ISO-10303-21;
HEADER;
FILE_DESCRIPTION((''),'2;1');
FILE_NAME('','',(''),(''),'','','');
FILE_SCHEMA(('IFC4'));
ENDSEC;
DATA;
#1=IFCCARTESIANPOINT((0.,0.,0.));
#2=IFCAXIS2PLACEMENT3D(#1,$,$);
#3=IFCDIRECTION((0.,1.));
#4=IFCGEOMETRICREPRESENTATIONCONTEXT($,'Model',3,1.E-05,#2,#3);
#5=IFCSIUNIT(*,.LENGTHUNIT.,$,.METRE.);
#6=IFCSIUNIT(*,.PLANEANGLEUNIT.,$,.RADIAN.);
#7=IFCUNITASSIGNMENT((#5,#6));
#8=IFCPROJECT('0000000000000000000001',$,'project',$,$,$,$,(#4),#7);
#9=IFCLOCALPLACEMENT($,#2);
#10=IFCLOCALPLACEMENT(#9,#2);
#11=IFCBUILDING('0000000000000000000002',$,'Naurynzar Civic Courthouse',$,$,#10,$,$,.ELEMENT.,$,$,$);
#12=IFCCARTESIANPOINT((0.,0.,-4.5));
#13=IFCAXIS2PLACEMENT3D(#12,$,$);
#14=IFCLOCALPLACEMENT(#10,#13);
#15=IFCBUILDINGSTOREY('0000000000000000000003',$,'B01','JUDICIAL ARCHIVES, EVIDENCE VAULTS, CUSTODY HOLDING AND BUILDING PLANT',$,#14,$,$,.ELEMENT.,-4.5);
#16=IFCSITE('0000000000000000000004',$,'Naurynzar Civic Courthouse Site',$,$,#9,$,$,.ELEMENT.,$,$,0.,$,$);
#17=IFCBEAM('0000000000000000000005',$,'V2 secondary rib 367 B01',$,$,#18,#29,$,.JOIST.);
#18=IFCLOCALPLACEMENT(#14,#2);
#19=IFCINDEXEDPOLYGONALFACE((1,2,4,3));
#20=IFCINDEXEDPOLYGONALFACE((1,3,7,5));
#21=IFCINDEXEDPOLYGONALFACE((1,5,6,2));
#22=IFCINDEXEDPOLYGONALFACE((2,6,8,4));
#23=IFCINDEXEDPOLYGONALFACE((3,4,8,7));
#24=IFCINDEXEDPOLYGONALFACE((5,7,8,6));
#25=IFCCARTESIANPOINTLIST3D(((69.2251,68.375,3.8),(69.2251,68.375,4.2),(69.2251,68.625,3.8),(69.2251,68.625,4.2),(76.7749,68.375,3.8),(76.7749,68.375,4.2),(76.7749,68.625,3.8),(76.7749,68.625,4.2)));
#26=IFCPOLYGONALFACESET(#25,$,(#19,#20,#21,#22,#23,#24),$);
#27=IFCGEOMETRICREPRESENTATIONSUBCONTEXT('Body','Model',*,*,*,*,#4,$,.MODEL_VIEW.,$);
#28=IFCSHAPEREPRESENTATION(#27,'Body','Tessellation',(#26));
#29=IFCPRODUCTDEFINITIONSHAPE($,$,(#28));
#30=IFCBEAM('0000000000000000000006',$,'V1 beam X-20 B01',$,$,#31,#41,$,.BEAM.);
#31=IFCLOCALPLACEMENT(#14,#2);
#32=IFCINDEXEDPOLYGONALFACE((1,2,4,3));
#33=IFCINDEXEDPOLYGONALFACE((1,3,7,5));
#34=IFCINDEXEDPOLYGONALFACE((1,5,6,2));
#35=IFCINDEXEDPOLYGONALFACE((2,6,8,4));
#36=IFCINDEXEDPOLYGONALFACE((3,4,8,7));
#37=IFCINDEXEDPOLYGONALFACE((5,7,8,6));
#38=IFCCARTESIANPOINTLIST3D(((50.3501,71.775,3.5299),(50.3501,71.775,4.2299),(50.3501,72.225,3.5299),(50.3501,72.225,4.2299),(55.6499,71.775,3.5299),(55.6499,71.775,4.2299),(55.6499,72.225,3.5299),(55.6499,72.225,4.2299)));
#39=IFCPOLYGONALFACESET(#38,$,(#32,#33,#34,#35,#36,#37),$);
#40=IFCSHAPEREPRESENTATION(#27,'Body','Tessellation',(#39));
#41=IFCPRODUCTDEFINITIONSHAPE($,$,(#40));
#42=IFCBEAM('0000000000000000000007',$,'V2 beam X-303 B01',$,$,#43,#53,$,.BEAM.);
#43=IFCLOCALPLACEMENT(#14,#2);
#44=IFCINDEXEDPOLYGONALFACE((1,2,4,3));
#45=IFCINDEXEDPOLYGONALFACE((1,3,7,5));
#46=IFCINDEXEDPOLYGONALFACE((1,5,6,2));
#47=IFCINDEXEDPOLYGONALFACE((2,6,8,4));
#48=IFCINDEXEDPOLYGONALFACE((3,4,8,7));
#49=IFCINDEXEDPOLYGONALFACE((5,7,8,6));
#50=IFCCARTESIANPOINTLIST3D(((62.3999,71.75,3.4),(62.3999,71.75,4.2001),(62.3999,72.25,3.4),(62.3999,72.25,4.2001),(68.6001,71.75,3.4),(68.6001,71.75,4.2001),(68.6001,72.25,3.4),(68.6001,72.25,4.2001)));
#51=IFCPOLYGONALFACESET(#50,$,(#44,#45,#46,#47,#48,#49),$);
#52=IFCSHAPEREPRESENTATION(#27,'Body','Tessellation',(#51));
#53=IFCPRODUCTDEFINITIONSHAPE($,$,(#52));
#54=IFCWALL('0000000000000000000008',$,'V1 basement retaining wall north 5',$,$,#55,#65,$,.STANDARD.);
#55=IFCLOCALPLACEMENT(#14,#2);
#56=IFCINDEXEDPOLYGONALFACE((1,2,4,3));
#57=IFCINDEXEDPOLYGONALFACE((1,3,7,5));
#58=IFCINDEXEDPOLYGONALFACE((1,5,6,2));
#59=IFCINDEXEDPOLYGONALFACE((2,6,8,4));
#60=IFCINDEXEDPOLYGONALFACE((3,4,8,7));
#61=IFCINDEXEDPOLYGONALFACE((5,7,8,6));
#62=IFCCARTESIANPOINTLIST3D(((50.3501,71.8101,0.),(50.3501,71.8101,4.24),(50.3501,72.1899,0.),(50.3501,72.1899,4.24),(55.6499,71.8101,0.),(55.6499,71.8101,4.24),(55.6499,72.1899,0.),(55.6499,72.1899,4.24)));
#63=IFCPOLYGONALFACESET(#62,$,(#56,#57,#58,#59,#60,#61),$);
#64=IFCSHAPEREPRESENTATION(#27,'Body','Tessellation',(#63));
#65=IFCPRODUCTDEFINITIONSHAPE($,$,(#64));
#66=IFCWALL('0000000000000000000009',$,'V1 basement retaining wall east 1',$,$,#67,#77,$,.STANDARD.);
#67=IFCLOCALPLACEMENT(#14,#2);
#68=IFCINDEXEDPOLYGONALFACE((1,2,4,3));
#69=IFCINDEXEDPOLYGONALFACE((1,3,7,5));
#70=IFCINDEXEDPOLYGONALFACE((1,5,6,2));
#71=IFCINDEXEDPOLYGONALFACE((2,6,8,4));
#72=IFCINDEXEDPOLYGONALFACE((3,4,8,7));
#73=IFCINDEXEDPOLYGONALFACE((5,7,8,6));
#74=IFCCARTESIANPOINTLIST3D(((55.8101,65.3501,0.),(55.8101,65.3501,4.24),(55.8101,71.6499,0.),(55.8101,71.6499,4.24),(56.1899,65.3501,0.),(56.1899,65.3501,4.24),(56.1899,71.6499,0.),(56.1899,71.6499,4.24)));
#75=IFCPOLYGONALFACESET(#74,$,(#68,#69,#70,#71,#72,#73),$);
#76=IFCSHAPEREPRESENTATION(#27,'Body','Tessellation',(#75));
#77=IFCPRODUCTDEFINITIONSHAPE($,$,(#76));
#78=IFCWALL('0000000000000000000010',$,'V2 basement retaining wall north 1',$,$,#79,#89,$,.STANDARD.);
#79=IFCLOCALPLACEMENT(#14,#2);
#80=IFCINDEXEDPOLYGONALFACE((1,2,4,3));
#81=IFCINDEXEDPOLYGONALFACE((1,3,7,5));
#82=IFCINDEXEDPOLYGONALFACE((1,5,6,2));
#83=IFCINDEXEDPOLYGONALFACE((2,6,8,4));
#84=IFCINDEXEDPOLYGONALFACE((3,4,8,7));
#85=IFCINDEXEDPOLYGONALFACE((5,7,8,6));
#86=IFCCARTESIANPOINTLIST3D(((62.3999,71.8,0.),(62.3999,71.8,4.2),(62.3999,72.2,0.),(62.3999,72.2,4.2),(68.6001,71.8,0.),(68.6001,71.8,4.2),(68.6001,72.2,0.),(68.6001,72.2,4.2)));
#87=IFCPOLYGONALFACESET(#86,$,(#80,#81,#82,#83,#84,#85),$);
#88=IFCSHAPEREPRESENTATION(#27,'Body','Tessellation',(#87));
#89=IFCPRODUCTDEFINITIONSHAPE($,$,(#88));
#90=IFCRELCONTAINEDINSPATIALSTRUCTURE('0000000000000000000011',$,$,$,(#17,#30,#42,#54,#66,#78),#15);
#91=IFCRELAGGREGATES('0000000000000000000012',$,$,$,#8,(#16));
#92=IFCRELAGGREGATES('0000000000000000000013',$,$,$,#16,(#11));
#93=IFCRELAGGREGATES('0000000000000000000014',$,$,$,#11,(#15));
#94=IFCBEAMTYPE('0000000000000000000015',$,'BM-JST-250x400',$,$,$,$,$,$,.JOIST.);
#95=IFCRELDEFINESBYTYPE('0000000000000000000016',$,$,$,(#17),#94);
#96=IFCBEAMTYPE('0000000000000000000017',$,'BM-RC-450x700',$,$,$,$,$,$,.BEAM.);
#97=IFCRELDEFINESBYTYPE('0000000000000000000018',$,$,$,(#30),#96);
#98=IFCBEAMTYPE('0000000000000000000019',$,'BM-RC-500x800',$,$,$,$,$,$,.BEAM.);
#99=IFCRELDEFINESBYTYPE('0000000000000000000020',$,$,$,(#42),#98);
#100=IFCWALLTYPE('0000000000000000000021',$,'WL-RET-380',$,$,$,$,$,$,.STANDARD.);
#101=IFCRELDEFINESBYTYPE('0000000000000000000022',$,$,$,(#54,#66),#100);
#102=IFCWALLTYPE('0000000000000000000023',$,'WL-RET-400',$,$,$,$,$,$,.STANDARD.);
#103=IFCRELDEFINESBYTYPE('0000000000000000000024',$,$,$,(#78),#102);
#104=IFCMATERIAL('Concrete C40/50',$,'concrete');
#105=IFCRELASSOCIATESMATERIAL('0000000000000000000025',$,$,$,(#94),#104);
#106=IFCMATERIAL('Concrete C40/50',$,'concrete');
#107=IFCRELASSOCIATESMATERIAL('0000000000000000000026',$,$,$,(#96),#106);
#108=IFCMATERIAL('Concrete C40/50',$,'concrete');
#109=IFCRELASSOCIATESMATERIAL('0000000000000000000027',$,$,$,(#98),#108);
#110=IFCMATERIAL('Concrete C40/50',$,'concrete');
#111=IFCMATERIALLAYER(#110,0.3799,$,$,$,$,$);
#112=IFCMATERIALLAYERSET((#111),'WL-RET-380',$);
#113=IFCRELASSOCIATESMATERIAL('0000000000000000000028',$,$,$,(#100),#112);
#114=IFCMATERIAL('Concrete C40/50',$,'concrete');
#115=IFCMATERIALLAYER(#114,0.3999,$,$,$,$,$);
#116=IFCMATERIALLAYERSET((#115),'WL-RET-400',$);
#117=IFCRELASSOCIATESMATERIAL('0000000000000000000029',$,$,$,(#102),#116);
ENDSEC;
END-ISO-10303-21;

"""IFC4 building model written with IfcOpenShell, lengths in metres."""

from ifc_helpers import new_model, si_unit, direction, frame, frame_2d, origin, origin_2d, place, context, subcontext, project, spatial, rectangle, extrude, material, layer, layer_set, material_profile, profile_set, type_object, element, save


model = new_model("IFC4")

# Units and contexts
model_context = context("Model", 3, precision=1e-05, world=origin(), true_north=direction((0.0, 1.0)))
body_context = subcontext(model_context, "Body", "Model", "MODEL_VIEW")
ifc_project = project(units=[si_unit("LENGTHUNIT", "METRE"), si_unit("PLANEANGLEUNIT", "RADIAN")], contexts=[model_context])

# Site, building, storey
site_placement = place(None, origin())
site = spatial("IfcSite", under=ifc_project, at=site_placement, Name="Naurynzar Civic Courthouse Site", CompositionType="ELEMENT", RefElevation=0.0)
building_placement = place(site_placement, origin())
building = spatial("IfcBuilding", under=site, at=building_placement, Name="Naurynzar Civic Courthouse", CompositionType="ELEMENT")
storey_placement = place(building_placement, frame((0.0, 0.0, -4.5)))
storey = spatial("IfcBuildingStorey", under=building, at=storey_placement, Name="B01", Description="JUDICIAL ARCHIVES, EVIDENCE VAULTS, CUSTODY HOLDING AND BUILDING PLANT", CompositionType="ELEMENT", Elevation=-4.5)

# Beams
ifc_material_1 = material(Name="Concrete C40/50", Category="concrete")
ifc_material_profile_1 = material_profile(ifc_material_1, rectangle(XDim=0.25, YDim=0.3999, at=origin_2d()), Name="RCB 250x400")
ifc_profile_set_1 = profile_set([ifc_material_profile_1], Name="Concrete C40/50")
beam_type_1 = type_object("IfcBeamType", Name="BM-JST-250x400", PredefinedType="JOIST", material=ifc_profile_set_1)
beam_1_placement = place(storey_placement, frame((69.2251, 68.5, 4.0), z_axis=(1.0, 0.0, 0.0), x_axis=(0.0, 1.0, 0.0)))
element("IfcBeam", 1, at=beam_1_placement, inside=storey, type_object=beam_type_1, Name="V2 secondary rib 367 B01", PredefinedType="JOIST", context=body_context, shape_type="SweptSolid", body=[
    extrude(rectangle(XDim=0.25, YDim=0.3999, at=origin_2d()), origin(), (0.0, 0.0, 1.0), 7.5498),
])
ifc_material_2 = material(Name="Concrete C40/50", Category="concrete")
ifc_material_profile_2 = material_profile(ifc_material_2, rectangle(XDim=0.45, YDim=0.7, at=origin_2d()), Name="RCB 450x700")
ifc_profile_set_2 = profile_set([ifc_material_profile_2], Name="Concrete C40/50")
beam_type_2 = type_object("IfcBeamType", Name="BM-RC-450x700", PredefinedType="BEAM", material=ifc_profile_set_2)
beam_2_placement = place(storey_placement, frame((50.3501, 72.0, 3.8799), z_axis=(1.0, 0.0, 0.0), x_axis=(0.0, 1.0, 0.0)))
element("IfcBeam", 2, at=beam_2_placement, inside=storey, type_object=beam_type_2, Name="V1 beam X-20 B01", PredefinedType="BEAM", context=body_context, shape_type="SweptSolid", body=[
    extrude(rectangle(XDim=0.45, YDim=0.7, at=origin_2d()), origin(), (0.0, 0.0, 1.0), 5.2998),
])
ifc_material_3 = material(Name="Concrete C40/50", Category="concrete")
ifc_material_profile_3 = material_profile(ifc_material_3, rectangle(XDim=0.5, YDim=0.8, at=origin_2d()), Name="RCB 500x800")
ifc_profile_set_3 = profile_set([ifc_material_profile_3], Name="Concrete C40/50")
beam_type_3 = type_object("IfcBeamType", Name="BM-RC-500x800", PredefinedType="BEAM", material=ifc_profile_set_3)
beam_3_placement = place(storey_placement, frame((62.3999, 72.0, 3.8), z_axis=(1.0, 0.0, 0.0), x_axis=(0.0, 1.0, 0.0)))
element("IfcBeam", 3, at=beam_3_placement, inside=storey, type_object=beam_type_3, Name="V2 beam X-303 B01", PredefinedType="BEAM", context=body_context, shape_type="SweptSolid", body=[
    extrude(rectangle(XDim=0.5, YDim=0.8, at=origin_2d()), origin(), (0.0, 0.0, 1.0), 6.2002),
])

# Walls
ifc_material_4 = material(Name="Concrete C40/50", Category="concrete")
ifc_layer_1 = layer(ifc_material_4, 0.3799)
ifc_layer_set_1 = layer_set([ifc_layer_1], Name="WL-RET-380")
wall_type_1 = type_object("IfcWallType", Name="WL-RET-380", PredefinedType="STANDARD", material=ifc_layer_set_1)
wall_1_placement = place(storey_placement, frame((50.3501, 72.0, 0.0), z_axis=(0.0, 0.0, 1.0), x_axis=(1.0, 0.0, 0.0)))
element("IfcWall", 4, at=wall_1_placement, inside=storey, type_object=wall_type_1, Name="V1 basement retaining wall north 5", PredefinedType="STANDARD", context=body_context, shape_type="SweptSolid", body=[
    extrude(rectangle(XDim=5.2998, YDim=0.3799, at=frame_2d((2.6499, 0.0))), origin(), (0.0, 0.0, 1.0), 4.24),
])
wall_2_placement = place(storey_placement, frame((56.0, 71.6499, 0.0), z_axis=(0.0, 0.0, 1.0), x_axis=(0.0, -1.0, 0.0)))
element("IfcWall", 5, at=wall_2_placement, inside=storey, type_object=wall_type_1, Name="V1 basement retaining wall east 1", PredefinedType="STANDARD", context=body_context, shape_type="SweptSolid", body=[
    extrude(rectangle(XDim=6.2998, YDim=0.3799, at=frame_2d((3.1499, 0.0))), origin(), (0.0, 0.0, 1.0), 4.24),
])
ifc_material_5 = material(Name="Concrete C40/50", Category="concrete")
ifc_layer_2 = layer(ifc_material_5, 0.3999)
ifc_layer_set_2 = layer_set([ifc_layer_2], Name="WL-RET-400")
wall_type_2 = type_object("IfcWallType", Name="WL-RET-400", PredefinedType="STANDARD", material=ifc_layer_set_2)
wall_3_placement = place(storey_placement, frame((62.3999, 72.0, 0.0), z_axis=(0.0, 0.0, 1.0), x_axis=(1.0, 0.0, 0.0)))
element("IfcWall", 6, at=wall_3_placement, inside=storey, type_object=wall_type_2, Name="V2 basement retaining wall north 1", PredefinedType="STANDARD", context=body_context, shape_type="SweptSolid", body=[
    extrude(rectangle(XDim=6.2002, YDim=0.3999, at=frame_2d((3.1001, 0.0))), origin(), (0.0, 0.0, 1.0), 4.2),
])

save(model, "model.ifc")
